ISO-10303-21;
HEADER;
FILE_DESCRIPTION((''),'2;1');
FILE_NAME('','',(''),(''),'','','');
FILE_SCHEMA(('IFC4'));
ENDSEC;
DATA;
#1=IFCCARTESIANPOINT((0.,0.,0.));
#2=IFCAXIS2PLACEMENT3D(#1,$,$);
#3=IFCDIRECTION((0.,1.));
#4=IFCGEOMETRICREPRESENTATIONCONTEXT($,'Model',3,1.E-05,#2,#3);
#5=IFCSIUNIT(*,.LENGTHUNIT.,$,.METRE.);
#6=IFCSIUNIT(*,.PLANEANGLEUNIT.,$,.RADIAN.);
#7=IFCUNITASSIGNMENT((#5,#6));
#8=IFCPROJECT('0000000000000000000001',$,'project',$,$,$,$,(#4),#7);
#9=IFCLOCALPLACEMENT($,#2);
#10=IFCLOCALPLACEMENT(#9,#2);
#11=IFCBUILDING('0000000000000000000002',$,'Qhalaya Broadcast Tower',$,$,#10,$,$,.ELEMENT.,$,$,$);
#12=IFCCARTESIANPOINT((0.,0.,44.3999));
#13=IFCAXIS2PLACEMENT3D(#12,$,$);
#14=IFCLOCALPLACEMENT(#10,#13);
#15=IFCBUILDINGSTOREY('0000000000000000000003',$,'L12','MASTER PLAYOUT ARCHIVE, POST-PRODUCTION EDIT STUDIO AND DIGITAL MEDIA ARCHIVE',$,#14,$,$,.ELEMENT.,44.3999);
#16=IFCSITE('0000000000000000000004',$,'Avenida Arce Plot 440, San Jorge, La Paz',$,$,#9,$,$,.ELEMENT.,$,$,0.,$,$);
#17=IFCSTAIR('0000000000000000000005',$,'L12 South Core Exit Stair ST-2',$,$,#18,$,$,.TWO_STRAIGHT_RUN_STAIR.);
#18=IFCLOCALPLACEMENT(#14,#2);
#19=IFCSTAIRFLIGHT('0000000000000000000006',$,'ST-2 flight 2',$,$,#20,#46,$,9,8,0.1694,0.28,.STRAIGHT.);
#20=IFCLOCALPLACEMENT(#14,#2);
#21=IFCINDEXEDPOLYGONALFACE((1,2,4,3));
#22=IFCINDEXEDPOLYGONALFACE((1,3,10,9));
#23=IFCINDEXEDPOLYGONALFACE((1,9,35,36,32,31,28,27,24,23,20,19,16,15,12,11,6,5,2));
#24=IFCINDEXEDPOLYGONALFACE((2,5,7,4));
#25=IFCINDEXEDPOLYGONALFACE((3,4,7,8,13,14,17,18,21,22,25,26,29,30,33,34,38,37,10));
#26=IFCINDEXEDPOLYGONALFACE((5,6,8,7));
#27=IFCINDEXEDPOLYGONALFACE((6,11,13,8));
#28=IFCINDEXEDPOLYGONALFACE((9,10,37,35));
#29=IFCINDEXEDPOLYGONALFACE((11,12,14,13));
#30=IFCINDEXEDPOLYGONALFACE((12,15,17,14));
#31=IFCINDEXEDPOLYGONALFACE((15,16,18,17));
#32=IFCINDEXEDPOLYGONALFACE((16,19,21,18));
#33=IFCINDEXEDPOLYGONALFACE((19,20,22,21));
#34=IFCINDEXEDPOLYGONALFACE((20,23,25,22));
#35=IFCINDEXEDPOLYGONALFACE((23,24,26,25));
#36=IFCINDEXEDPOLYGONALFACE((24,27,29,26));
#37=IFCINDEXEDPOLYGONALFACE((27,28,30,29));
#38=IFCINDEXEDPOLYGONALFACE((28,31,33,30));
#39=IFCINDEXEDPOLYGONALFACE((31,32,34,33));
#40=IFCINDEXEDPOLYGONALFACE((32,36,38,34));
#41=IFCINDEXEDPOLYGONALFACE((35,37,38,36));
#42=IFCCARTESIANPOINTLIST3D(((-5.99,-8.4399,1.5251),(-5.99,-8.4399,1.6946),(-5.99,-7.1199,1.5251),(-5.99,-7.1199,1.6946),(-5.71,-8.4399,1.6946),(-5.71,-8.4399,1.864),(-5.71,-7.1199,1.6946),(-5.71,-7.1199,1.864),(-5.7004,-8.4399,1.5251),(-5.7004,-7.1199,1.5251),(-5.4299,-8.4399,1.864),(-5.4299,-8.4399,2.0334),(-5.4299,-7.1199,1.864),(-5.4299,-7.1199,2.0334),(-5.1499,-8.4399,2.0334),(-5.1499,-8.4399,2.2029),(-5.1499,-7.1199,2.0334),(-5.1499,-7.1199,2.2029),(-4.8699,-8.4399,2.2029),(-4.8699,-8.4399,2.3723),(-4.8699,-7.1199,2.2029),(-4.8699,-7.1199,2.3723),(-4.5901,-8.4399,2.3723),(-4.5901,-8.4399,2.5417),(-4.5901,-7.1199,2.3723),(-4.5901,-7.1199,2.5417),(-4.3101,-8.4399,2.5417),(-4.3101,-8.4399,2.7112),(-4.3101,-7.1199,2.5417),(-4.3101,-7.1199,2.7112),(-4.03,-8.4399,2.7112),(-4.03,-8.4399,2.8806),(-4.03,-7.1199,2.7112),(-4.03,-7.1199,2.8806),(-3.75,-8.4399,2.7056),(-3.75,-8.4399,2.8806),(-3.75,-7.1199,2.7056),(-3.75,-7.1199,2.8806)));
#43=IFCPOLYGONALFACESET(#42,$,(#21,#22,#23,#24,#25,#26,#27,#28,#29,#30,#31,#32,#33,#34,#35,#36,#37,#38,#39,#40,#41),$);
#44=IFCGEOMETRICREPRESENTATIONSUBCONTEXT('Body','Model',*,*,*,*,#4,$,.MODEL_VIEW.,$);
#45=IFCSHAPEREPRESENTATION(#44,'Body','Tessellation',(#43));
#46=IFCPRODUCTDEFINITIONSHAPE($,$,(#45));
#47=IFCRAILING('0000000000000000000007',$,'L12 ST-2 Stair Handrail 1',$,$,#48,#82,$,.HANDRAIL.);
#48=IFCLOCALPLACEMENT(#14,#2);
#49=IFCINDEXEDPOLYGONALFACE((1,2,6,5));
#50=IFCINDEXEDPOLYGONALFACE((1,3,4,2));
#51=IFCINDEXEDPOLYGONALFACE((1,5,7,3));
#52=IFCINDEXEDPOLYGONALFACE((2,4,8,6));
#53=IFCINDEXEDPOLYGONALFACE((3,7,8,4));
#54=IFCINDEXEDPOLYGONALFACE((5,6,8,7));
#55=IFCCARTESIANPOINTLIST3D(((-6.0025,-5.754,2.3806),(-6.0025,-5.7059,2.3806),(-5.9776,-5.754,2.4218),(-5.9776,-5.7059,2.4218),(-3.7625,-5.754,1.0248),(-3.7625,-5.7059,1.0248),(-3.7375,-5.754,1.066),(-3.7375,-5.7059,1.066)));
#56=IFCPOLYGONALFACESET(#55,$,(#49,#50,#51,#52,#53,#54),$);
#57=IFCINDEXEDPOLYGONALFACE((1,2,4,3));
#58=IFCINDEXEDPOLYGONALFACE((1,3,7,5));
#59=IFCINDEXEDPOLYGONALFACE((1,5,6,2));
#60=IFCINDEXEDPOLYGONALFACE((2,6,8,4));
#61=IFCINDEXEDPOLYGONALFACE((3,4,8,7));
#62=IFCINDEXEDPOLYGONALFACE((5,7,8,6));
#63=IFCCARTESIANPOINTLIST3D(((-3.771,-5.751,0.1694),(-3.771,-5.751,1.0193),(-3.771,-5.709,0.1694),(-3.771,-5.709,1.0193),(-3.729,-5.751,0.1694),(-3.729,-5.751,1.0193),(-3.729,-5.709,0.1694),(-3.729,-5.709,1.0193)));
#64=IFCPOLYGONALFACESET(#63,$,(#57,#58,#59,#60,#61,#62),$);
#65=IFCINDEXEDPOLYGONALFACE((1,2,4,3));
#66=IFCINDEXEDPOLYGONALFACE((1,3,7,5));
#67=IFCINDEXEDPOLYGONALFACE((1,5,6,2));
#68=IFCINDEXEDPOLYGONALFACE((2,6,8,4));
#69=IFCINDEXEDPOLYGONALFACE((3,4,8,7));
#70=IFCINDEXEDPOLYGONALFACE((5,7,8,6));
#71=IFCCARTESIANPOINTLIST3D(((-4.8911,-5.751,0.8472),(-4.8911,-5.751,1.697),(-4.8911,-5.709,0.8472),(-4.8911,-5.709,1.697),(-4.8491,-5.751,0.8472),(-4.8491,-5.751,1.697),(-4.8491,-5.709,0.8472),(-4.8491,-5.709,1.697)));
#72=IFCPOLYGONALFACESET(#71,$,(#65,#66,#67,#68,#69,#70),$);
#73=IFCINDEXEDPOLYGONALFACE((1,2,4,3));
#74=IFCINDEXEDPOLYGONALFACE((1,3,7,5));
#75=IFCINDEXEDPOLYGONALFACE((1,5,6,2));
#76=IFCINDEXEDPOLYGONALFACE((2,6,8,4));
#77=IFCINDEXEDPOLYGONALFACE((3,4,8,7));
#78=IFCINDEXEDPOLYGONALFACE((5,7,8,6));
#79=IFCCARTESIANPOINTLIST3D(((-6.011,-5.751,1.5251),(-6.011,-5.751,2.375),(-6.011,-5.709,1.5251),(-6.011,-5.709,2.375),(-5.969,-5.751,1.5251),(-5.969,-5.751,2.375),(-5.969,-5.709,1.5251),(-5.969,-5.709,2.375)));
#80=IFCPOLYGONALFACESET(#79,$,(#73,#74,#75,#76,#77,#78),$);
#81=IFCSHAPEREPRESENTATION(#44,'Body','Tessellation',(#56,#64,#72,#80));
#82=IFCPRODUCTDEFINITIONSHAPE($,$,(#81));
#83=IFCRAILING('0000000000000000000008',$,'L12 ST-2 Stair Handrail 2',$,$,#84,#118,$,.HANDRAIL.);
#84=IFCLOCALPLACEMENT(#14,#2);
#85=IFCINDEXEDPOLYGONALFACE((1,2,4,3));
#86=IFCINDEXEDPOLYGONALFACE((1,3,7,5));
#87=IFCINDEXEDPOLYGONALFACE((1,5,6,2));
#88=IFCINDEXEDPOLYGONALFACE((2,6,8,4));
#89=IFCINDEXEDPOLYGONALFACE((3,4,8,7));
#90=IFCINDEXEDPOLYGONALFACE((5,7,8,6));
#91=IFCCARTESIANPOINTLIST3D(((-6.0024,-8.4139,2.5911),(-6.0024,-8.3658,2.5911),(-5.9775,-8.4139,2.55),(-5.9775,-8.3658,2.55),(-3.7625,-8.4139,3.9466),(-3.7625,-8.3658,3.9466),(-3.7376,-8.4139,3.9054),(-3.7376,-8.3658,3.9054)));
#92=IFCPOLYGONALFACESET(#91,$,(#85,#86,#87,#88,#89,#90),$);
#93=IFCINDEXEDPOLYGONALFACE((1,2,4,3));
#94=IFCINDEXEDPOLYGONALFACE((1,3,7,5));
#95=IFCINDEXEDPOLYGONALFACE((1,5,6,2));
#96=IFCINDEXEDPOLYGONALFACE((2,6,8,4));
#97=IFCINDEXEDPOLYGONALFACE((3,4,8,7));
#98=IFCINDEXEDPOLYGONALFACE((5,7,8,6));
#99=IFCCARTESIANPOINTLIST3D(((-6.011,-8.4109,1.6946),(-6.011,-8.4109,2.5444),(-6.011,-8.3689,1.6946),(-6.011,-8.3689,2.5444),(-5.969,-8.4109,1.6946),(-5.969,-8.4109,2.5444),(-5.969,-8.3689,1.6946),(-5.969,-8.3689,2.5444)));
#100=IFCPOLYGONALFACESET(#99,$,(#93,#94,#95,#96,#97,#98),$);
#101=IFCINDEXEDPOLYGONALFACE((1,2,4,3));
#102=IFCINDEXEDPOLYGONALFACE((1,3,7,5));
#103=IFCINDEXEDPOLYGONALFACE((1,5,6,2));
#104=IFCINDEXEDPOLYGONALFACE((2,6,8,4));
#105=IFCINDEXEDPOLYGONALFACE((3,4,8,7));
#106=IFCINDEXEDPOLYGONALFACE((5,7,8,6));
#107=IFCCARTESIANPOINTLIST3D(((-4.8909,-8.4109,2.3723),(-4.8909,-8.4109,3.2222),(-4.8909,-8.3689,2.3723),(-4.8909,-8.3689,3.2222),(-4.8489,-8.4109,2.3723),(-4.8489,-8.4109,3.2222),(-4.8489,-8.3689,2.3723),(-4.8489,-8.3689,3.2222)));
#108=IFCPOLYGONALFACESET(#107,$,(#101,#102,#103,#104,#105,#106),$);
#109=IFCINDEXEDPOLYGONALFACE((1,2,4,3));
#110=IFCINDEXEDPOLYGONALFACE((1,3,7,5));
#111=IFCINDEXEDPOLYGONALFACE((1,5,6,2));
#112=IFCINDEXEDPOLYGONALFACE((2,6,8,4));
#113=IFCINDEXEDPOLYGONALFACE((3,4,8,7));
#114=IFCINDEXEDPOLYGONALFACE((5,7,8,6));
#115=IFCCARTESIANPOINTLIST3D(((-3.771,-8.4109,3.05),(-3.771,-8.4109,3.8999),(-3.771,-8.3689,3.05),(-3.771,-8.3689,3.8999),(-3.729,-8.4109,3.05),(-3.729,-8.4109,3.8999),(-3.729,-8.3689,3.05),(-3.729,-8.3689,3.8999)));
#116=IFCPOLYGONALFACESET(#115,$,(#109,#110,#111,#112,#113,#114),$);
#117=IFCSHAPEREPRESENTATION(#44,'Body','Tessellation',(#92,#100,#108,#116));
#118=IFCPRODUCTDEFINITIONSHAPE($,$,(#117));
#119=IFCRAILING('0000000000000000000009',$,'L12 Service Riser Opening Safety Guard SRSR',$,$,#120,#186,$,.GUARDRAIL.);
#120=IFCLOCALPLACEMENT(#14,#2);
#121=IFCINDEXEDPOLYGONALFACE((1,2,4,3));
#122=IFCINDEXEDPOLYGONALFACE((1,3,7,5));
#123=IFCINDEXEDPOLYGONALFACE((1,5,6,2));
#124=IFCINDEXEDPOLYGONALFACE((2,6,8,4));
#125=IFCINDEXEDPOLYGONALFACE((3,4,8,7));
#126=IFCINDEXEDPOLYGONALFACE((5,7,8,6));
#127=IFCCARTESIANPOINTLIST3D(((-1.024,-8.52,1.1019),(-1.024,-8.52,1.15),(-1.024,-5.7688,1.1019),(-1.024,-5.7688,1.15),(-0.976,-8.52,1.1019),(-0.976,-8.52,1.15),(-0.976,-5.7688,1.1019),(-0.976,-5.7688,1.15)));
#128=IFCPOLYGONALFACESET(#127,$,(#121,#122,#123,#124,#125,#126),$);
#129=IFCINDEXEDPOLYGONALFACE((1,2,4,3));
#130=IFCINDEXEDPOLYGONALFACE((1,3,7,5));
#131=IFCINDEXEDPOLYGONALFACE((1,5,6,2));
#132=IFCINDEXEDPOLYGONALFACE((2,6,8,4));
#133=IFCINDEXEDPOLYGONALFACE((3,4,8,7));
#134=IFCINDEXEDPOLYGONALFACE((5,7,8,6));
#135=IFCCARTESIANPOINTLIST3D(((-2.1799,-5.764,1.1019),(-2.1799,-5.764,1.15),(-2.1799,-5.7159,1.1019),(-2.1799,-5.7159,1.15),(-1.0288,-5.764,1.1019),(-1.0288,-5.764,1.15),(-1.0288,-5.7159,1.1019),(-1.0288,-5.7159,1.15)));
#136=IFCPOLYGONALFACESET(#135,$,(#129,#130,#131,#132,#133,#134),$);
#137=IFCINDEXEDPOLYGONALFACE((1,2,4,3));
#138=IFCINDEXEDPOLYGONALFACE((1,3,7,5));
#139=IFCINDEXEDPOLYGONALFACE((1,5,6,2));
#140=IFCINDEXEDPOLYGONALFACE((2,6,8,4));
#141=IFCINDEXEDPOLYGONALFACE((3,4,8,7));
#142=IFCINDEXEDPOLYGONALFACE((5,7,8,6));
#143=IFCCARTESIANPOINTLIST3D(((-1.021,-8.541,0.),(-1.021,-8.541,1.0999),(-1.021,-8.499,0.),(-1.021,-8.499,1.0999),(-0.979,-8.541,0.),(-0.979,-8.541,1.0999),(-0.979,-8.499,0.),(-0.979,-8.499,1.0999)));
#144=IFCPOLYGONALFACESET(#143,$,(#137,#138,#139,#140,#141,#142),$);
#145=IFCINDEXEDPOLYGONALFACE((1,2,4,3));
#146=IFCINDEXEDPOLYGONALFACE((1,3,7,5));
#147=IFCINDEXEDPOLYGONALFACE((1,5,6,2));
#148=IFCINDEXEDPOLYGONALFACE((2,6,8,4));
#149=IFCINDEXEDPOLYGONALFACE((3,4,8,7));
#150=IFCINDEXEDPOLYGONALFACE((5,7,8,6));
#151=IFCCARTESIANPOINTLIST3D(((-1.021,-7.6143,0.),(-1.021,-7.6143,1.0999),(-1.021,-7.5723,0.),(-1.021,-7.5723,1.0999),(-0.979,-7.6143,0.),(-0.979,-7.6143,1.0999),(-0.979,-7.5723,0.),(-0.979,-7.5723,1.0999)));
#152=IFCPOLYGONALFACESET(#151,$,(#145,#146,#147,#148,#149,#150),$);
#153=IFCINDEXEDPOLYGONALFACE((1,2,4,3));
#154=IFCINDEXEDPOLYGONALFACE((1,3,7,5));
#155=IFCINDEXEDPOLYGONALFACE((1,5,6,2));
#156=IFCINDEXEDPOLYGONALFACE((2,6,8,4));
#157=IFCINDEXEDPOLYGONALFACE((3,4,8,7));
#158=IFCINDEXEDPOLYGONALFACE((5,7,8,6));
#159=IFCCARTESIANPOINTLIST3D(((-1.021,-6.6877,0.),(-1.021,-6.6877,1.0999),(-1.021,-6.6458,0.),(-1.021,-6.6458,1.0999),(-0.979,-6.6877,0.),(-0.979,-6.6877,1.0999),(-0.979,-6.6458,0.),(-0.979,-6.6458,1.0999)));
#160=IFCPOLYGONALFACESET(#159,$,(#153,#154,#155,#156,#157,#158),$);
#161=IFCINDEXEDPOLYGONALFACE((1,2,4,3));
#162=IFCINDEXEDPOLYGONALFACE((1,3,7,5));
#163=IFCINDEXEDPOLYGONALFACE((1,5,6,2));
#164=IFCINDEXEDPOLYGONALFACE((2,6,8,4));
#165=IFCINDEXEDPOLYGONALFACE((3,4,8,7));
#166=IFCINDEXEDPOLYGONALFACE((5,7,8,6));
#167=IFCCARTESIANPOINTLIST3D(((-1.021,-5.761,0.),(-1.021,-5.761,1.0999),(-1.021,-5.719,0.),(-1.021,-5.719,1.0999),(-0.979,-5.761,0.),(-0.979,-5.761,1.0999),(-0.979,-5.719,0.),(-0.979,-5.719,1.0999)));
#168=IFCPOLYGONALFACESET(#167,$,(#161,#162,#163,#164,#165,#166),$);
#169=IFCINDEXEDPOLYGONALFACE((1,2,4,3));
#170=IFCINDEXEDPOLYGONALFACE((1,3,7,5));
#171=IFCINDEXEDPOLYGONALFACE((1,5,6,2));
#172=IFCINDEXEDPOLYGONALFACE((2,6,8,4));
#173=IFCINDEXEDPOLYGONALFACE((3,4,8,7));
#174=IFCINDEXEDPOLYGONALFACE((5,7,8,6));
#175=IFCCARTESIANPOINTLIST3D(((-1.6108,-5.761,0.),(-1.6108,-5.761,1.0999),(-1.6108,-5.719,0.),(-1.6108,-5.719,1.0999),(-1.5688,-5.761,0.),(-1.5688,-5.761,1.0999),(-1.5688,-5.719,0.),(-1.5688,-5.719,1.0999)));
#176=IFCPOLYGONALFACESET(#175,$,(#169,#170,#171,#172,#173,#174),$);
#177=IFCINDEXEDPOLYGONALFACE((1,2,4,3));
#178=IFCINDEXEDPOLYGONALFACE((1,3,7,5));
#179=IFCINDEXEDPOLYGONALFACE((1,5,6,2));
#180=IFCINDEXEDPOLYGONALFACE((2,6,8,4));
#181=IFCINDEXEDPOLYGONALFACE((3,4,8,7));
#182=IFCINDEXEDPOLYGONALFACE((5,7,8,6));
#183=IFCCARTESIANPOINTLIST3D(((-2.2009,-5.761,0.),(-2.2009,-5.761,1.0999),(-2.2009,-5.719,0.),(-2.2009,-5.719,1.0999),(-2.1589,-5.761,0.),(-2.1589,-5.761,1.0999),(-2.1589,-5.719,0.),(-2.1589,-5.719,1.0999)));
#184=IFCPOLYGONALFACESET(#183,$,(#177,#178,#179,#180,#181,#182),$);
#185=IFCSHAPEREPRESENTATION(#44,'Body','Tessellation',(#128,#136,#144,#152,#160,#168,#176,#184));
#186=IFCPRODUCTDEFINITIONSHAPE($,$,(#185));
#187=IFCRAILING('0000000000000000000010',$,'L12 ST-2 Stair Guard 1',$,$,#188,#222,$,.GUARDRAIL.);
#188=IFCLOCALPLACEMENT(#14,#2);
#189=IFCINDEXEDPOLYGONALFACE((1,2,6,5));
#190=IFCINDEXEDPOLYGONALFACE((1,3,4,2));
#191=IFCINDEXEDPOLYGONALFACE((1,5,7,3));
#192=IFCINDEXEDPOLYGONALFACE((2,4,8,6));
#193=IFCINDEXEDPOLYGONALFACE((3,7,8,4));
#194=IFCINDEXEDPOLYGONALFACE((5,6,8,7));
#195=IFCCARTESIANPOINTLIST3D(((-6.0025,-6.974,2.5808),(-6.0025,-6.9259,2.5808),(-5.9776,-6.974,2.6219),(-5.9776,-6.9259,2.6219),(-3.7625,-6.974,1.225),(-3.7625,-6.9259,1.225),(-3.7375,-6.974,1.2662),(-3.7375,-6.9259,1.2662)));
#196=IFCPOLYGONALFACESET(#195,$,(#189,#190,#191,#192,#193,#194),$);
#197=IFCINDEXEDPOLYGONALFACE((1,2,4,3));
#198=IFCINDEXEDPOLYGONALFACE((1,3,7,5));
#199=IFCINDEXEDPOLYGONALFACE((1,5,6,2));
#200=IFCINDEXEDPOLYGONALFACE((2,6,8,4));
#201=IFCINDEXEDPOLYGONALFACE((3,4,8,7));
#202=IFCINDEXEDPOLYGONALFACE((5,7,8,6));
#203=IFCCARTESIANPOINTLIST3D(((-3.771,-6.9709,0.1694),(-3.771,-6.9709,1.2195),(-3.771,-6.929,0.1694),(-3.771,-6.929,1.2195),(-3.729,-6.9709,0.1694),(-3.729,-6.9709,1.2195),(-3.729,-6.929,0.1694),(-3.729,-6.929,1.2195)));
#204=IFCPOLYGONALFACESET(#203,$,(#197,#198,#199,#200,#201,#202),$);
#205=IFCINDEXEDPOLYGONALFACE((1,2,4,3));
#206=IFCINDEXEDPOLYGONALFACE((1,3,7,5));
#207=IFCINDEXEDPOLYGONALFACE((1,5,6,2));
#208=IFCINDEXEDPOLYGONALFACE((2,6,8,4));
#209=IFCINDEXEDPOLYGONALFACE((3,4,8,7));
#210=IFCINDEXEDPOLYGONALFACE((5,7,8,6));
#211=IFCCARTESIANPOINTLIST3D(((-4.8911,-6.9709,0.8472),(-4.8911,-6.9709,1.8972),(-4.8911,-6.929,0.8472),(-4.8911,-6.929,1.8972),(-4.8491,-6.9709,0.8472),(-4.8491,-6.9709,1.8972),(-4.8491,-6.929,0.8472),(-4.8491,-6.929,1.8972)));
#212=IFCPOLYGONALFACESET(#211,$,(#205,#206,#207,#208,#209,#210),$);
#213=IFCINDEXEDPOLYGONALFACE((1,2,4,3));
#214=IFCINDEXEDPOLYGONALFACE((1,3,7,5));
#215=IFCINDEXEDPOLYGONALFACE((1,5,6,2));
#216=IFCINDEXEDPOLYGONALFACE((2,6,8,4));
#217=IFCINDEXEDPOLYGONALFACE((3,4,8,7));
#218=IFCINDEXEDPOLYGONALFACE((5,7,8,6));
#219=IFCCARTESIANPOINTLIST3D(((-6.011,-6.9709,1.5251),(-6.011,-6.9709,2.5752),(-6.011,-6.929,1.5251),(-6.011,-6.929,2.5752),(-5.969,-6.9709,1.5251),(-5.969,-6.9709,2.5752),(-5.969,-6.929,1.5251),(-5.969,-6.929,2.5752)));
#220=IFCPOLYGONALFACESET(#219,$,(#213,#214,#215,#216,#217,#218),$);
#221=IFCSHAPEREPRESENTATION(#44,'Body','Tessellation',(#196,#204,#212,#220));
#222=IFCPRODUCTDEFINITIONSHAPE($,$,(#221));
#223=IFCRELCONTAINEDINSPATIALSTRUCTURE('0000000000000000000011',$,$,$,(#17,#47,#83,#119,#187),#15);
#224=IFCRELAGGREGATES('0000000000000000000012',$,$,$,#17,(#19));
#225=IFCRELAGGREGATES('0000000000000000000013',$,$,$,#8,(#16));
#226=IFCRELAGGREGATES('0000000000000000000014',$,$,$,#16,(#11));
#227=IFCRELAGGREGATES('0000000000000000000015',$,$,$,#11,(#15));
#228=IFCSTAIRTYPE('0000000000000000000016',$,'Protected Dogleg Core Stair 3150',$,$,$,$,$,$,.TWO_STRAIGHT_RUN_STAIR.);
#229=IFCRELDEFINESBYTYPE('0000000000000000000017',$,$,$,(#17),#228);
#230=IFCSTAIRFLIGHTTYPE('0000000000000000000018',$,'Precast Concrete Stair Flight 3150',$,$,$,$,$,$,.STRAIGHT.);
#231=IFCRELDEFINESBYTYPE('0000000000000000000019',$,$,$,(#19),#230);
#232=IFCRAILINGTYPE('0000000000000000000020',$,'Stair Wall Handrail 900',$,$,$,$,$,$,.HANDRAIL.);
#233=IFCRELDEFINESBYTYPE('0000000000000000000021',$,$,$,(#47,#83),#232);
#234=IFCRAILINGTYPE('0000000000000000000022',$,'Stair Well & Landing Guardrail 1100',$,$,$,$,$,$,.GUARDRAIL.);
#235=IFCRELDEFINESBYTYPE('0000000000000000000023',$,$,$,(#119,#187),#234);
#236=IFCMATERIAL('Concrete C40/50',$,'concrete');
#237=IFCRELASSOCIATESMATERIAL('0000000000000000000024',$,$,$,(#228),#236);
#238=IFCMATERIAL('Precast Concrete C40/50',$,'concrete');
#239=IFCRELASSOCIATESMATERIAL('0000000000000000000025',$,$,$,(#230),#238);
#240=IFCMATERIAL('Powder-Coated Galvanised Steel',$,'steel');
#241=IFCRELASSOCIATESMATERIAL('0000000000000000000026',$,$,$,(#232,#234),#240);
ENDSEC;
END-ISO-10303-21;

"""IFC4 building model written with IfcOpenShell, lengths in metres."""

from ifc_helpers import new_model, si_unit, direction, frame, origin, origin_2d, place, context, subcontext, project, spatial, polyline, rectangle, outline, extrude, material, type_object, element, aggregate, save


model = new_model("IFC4")

# Units and contexts
model_context = context("Model", 3, precision=1e-05, world=origin(), true_north=direction((0.0, 1.0)))
body_context = subcontext(model_context, "Body", "Model", "MODEL_VIEW")
ifc_project = project(units=[si_unit("LENGTHUNIT", "METRE"), si_unit("PLANEANGLEUNIT", "RADIAN")], contexts=[model_context])

# Site, building, storey
site_placement = place(None, origin())
site = spatial("IfcSite", under=ifc_project, at=site_placement, Name="Avenida Arce Plot 440, San Jorge, La Paz", CompositionType="ELEMENT", RefElevation=0.0)
building_placement = place(site_placement, origin())
building = spatial("IfcBuilding", under=site, at=building_placement, Name="Qhalaya Broadcast Tower", CompositionType="ELEMENT")
storey_placement = place(building_placement, frame((0.0, 0.0, 44.3999)))
storey = spatial("IfcBuildingStorey", under=building, at=storey_placement, Name="L12", Description="MASTER PLAYOUT ARCHIVE, POST-PRODUCTION EDIT STUDIO AND DIGITAL MEDIA ARCHIVE", CompositionType="ELEMENT", Elevation=44.3999)

# Stair, stair flight
ifc_material_1 = material(Name="Concrete C40/50", Category="concrete")
stair_type = type_object("IfcStairType", Name="Protected Dogleg Core Stair 3150", PredefinedType="TWO_STRAIGHT_RUN_STAIR", material=ifc_material_1)
stair_placement = place(storey_placement, origin())
stair = element("IfcStair", 1, at=stair_placement, inside=storey, type_object=stair_type, Name="L12 South Core Exit Stair ST-2", PredefinedType="TWO_STRAIGHT_RUN_STAIR")
ifc_material_2 = material(Name="Precast Concrete C40/50", Category="concrete")
stair_flight_type = type_object("IfcStairFlightType", Name="Precast Concrete Stair Flight 3150", PredefinedType="STRAIGHT", material=ifc_material_2)
stair_flight_1_placement = place(storey_placement, frame((-5.99, -7.78, 1.5251), z_axis=(0.0, 0.0, 1.0), x_axis=(1.0, 0.0, 0.0)))
stair_flight_1 = element("IfcStairFlight", 2, at=stair_flight_1_placement, type_object=stair_flight_type, Name="ST-2 flight 2", NumberOfRisers=9, NumberOfTreads=8, PredefinedType="STRAIGHT", RiserHeight=0.1694, TreadLength=0.28, context=body_context, shape_type="SweptSolid", body=[
    extrude(outline(polyline([(0.0, 0.0), (0.0, 0.1694), (0.28, 0.1694), (0.28, 0.3389), (0.5601, 0.3389), (0.5601, 0.5083), (0.8401, 0.5083), (0.8401, 0.6777), (1.1201, 0.6777), (1.1201, 0.8472), (1.3999, 0.8472), (1.3999, 1.0166), (1.6799, 1.0166), (1.6799, 1.186), (1.96, 1.186), (1.96, 1.3555), (2.24, 1.3555), (2.24, 1.5249), (2.24, 1.1804), (0.2896, 0.0), (0.0, 0.0)])), frame((0.0, 0.6602, 0.0), z_axis=(0.0, -1.0, 0.0), x_axis=(1.0, 0.0, 0.0)), (0.0, 0.0, 1.0), 1.3201),
])
aggregate(stair, [stair_flight_1])

# Railings
ifc_material_3 = material(Name="Powder-Coated Galvanised Steel", Category="steel")
railing_type_1 = type_object("IfcRailingType", Name="Stair Wall Handrail 900", PredefinedType="HANDRAIL", material=ifc_material_3)
railing_1_placement = place(storey_placement, frame((-3.75, -5.73, 0.1694)))
element("IfcRailing", 3, at=railing_1_placement, inside=storey, type_object=railing_type_1, Name="L12 ST-2 Stair Handrail 1", PredefinedType="HANDRAIL", context=body_context, shape_type="SweptSolid", body=[
    extrude(rectangle(XDim=0.0481, YDim=0.0481, at=origin_2d()), frame((0.0, 0.0, 0.876), z_axis=(-0.855512, 0.0, 0.517783), x_axis=(0.0, -1.0, 0.0)), (0.0, 0.0, 1.0), 2.6184),
    extrude(rectangle(XDim=0.042, YDim=0.042, at=origin_2d()), origin(), (0.0, 0.0, 1.0), 0.8499),
    extrude(rectangle(XDim=0.042, YDim=0.042, at=origin_2d()), frame((-1.1201, 0.0, 0.6777)), (0.0, 0.0, 1.0), 0.8499),
    extrude(rectangle(XDim=0.042, YDim=0.042, at=origin_2d()), frame((-2.24, 0.0, 1.3557)), (0.0, 0.0, 1.0), 0.8499),
])
railing_2_placement = place(storey_placement, frame((-5.99, -8.3899, 1.6946)))
element("IfcRailing", 4, at=railing_2_placement, inside=storey, type_object=railing_type_1, Name="L12 ST-2 Stair Handrail 2", PredefinedType="HANDRAIL", context=body_context, shape_type="SweptSolid", body=[
    extrude(rectangle(XDim=0.0481, YDim=0.0481, at=origin_2d()), frame((0.0, 0.0, 0.876), z_axis=(0.855553, 0.0, 0.517715), x_axis=(0.0, 1.0, 0.0)), (0.0, 0.0, 1.0), 2.6182),
    extrude(rectangle(XDim=0.042, YDim=0.042, at=origin_2d()), origin(), (0.0, 0.0, 1.0), 0.8499),
    extrude(rectangle(XDim=0.042, YDim=0.042, at=origin_2d()), frame((1.1201, 0.0, 0.6777)), (0.0, 0.0, 1.0), 0.8499),
    extrude(rectangle(XDim=0.042, YDim=0.042, at=origin_2d()), frame((2.24, 0.0, 1.3555)), (0.0, 0.0, 1.0), 0.8499),
])
railing_type_2 = type_object("IfcRailingType", Name="Stair Well & Landing Guardrail 1100", PredefinedType="GUARDRAIL", material=ifc_material_3)
railing_3_placement = place(storey_placement, frame((-1.0, -8.52, 0.0)))
element("IfcRailing", 5, at=railing_3_placement, inside=storey, type_object=railing_type_2, Name="L12 Service Riser Opening Safety Guard SRSR", PredefinedType="GUARDRAIL", context=body_context, shape_type="SweptSolid", body=[
    extrude(rectangle(XDim=0.0481, YDim=0.0481, at=origin_2d()), frame((0.0, 0.0, 1.126), z_axis=(0.0, 1.0, 0.0), x_axis=(-1.0, 0.0, 0.0)), (0.0, 0.0, 1.0), 2.7512),
    extrude(rectangle(XDim=0.0481, YDim=0.0481, at=origin_2d()), frame((-0.0288, 2.78, 1.126), z_axis=(-1.0, 0.0, 0.0), x_axis=(0.0, -1.0, 0.0)), (0.0, 0.0, 1.0), 1.1511),
    extrude(rectangle(XDim=0.042, YDim=0.042, at=origin_2d()), origin(), (0.0, 0.0, 1.0), 1.0999),
    extrude(rectangle(XDim=0.042, YDim=0.042, at=origin_2d()), frame((0.0, 0.9268, 0.0)), (0.0, 0.0, 1.0), 1.0999),
    extrude(rectangle(XDim=0.042, YDim=0.042, at=origin_2d()), frame((0.0, 1.8533, 0.0)), (0.0, 0.0, 1.0), 1.0999),
    extrude(rectangle(XDim=0.042, YDim=0.042, at=origin_2d()), frame((0.0, 2.78, 0.0)), (0.0, 0.0, 1.0), 1.0999),
    extrude(rectangle(XDim=0.042, YDim=0.042, at=origin_2d()), frame((-0.5898, 2.78, 0.0)), (0.0, 0.0, 1.0), 1.0999),
    extrude(rectangle(XDim=0.042, YDim=0.042, at=origin_2d()), frame((-1.1799, 2.78, 0.0)), (0.0, 0.0, 1.0), 1.0999),
])
railing_4_placement = place(storey_placement, frame((-3.75, -6.95, 0.1694)))
element("IfcRailing", 6, at=railing_4_placement, inside=storey, type_object=railing_type_2, Name="L12 ST-2 Stair Guard 1", PredefinedType="GUARDRAIL", context=body_context, shape_type="SweptSolid", body=[
    extrude(rectangle(XDim=0.0481, YDim=0.0481, at=origin_2d()), frame((0.0, 0.0, 1.0762), z_axis=(-0.855512, 0.0, 0.517783), x_axis=(0.0, -1.0, 0.0)), (0.0, 0.0, 1.0), 2.6184),
    extrude(rectangle(XDim=0.042, YDim=0.042, at=origin_2d()), origin(), (0.0, 0.0, 1.0), 1.05),
    extrude(rectangle(XDim=0.042, YDim=0.042, at=origin_2d()), frame((-1.1201, 0.0, 0.6777)), (0.0, 0.0, 1.0), 1.05),
    extrude(rectangle(XDim=0.042, YDim=0.042, at=origin_2d()), frame((-2.24, 0.0, 1.3557)), (0.0, 0.0, 1.0), 1.05),
])

save(model, "model.ifc")
